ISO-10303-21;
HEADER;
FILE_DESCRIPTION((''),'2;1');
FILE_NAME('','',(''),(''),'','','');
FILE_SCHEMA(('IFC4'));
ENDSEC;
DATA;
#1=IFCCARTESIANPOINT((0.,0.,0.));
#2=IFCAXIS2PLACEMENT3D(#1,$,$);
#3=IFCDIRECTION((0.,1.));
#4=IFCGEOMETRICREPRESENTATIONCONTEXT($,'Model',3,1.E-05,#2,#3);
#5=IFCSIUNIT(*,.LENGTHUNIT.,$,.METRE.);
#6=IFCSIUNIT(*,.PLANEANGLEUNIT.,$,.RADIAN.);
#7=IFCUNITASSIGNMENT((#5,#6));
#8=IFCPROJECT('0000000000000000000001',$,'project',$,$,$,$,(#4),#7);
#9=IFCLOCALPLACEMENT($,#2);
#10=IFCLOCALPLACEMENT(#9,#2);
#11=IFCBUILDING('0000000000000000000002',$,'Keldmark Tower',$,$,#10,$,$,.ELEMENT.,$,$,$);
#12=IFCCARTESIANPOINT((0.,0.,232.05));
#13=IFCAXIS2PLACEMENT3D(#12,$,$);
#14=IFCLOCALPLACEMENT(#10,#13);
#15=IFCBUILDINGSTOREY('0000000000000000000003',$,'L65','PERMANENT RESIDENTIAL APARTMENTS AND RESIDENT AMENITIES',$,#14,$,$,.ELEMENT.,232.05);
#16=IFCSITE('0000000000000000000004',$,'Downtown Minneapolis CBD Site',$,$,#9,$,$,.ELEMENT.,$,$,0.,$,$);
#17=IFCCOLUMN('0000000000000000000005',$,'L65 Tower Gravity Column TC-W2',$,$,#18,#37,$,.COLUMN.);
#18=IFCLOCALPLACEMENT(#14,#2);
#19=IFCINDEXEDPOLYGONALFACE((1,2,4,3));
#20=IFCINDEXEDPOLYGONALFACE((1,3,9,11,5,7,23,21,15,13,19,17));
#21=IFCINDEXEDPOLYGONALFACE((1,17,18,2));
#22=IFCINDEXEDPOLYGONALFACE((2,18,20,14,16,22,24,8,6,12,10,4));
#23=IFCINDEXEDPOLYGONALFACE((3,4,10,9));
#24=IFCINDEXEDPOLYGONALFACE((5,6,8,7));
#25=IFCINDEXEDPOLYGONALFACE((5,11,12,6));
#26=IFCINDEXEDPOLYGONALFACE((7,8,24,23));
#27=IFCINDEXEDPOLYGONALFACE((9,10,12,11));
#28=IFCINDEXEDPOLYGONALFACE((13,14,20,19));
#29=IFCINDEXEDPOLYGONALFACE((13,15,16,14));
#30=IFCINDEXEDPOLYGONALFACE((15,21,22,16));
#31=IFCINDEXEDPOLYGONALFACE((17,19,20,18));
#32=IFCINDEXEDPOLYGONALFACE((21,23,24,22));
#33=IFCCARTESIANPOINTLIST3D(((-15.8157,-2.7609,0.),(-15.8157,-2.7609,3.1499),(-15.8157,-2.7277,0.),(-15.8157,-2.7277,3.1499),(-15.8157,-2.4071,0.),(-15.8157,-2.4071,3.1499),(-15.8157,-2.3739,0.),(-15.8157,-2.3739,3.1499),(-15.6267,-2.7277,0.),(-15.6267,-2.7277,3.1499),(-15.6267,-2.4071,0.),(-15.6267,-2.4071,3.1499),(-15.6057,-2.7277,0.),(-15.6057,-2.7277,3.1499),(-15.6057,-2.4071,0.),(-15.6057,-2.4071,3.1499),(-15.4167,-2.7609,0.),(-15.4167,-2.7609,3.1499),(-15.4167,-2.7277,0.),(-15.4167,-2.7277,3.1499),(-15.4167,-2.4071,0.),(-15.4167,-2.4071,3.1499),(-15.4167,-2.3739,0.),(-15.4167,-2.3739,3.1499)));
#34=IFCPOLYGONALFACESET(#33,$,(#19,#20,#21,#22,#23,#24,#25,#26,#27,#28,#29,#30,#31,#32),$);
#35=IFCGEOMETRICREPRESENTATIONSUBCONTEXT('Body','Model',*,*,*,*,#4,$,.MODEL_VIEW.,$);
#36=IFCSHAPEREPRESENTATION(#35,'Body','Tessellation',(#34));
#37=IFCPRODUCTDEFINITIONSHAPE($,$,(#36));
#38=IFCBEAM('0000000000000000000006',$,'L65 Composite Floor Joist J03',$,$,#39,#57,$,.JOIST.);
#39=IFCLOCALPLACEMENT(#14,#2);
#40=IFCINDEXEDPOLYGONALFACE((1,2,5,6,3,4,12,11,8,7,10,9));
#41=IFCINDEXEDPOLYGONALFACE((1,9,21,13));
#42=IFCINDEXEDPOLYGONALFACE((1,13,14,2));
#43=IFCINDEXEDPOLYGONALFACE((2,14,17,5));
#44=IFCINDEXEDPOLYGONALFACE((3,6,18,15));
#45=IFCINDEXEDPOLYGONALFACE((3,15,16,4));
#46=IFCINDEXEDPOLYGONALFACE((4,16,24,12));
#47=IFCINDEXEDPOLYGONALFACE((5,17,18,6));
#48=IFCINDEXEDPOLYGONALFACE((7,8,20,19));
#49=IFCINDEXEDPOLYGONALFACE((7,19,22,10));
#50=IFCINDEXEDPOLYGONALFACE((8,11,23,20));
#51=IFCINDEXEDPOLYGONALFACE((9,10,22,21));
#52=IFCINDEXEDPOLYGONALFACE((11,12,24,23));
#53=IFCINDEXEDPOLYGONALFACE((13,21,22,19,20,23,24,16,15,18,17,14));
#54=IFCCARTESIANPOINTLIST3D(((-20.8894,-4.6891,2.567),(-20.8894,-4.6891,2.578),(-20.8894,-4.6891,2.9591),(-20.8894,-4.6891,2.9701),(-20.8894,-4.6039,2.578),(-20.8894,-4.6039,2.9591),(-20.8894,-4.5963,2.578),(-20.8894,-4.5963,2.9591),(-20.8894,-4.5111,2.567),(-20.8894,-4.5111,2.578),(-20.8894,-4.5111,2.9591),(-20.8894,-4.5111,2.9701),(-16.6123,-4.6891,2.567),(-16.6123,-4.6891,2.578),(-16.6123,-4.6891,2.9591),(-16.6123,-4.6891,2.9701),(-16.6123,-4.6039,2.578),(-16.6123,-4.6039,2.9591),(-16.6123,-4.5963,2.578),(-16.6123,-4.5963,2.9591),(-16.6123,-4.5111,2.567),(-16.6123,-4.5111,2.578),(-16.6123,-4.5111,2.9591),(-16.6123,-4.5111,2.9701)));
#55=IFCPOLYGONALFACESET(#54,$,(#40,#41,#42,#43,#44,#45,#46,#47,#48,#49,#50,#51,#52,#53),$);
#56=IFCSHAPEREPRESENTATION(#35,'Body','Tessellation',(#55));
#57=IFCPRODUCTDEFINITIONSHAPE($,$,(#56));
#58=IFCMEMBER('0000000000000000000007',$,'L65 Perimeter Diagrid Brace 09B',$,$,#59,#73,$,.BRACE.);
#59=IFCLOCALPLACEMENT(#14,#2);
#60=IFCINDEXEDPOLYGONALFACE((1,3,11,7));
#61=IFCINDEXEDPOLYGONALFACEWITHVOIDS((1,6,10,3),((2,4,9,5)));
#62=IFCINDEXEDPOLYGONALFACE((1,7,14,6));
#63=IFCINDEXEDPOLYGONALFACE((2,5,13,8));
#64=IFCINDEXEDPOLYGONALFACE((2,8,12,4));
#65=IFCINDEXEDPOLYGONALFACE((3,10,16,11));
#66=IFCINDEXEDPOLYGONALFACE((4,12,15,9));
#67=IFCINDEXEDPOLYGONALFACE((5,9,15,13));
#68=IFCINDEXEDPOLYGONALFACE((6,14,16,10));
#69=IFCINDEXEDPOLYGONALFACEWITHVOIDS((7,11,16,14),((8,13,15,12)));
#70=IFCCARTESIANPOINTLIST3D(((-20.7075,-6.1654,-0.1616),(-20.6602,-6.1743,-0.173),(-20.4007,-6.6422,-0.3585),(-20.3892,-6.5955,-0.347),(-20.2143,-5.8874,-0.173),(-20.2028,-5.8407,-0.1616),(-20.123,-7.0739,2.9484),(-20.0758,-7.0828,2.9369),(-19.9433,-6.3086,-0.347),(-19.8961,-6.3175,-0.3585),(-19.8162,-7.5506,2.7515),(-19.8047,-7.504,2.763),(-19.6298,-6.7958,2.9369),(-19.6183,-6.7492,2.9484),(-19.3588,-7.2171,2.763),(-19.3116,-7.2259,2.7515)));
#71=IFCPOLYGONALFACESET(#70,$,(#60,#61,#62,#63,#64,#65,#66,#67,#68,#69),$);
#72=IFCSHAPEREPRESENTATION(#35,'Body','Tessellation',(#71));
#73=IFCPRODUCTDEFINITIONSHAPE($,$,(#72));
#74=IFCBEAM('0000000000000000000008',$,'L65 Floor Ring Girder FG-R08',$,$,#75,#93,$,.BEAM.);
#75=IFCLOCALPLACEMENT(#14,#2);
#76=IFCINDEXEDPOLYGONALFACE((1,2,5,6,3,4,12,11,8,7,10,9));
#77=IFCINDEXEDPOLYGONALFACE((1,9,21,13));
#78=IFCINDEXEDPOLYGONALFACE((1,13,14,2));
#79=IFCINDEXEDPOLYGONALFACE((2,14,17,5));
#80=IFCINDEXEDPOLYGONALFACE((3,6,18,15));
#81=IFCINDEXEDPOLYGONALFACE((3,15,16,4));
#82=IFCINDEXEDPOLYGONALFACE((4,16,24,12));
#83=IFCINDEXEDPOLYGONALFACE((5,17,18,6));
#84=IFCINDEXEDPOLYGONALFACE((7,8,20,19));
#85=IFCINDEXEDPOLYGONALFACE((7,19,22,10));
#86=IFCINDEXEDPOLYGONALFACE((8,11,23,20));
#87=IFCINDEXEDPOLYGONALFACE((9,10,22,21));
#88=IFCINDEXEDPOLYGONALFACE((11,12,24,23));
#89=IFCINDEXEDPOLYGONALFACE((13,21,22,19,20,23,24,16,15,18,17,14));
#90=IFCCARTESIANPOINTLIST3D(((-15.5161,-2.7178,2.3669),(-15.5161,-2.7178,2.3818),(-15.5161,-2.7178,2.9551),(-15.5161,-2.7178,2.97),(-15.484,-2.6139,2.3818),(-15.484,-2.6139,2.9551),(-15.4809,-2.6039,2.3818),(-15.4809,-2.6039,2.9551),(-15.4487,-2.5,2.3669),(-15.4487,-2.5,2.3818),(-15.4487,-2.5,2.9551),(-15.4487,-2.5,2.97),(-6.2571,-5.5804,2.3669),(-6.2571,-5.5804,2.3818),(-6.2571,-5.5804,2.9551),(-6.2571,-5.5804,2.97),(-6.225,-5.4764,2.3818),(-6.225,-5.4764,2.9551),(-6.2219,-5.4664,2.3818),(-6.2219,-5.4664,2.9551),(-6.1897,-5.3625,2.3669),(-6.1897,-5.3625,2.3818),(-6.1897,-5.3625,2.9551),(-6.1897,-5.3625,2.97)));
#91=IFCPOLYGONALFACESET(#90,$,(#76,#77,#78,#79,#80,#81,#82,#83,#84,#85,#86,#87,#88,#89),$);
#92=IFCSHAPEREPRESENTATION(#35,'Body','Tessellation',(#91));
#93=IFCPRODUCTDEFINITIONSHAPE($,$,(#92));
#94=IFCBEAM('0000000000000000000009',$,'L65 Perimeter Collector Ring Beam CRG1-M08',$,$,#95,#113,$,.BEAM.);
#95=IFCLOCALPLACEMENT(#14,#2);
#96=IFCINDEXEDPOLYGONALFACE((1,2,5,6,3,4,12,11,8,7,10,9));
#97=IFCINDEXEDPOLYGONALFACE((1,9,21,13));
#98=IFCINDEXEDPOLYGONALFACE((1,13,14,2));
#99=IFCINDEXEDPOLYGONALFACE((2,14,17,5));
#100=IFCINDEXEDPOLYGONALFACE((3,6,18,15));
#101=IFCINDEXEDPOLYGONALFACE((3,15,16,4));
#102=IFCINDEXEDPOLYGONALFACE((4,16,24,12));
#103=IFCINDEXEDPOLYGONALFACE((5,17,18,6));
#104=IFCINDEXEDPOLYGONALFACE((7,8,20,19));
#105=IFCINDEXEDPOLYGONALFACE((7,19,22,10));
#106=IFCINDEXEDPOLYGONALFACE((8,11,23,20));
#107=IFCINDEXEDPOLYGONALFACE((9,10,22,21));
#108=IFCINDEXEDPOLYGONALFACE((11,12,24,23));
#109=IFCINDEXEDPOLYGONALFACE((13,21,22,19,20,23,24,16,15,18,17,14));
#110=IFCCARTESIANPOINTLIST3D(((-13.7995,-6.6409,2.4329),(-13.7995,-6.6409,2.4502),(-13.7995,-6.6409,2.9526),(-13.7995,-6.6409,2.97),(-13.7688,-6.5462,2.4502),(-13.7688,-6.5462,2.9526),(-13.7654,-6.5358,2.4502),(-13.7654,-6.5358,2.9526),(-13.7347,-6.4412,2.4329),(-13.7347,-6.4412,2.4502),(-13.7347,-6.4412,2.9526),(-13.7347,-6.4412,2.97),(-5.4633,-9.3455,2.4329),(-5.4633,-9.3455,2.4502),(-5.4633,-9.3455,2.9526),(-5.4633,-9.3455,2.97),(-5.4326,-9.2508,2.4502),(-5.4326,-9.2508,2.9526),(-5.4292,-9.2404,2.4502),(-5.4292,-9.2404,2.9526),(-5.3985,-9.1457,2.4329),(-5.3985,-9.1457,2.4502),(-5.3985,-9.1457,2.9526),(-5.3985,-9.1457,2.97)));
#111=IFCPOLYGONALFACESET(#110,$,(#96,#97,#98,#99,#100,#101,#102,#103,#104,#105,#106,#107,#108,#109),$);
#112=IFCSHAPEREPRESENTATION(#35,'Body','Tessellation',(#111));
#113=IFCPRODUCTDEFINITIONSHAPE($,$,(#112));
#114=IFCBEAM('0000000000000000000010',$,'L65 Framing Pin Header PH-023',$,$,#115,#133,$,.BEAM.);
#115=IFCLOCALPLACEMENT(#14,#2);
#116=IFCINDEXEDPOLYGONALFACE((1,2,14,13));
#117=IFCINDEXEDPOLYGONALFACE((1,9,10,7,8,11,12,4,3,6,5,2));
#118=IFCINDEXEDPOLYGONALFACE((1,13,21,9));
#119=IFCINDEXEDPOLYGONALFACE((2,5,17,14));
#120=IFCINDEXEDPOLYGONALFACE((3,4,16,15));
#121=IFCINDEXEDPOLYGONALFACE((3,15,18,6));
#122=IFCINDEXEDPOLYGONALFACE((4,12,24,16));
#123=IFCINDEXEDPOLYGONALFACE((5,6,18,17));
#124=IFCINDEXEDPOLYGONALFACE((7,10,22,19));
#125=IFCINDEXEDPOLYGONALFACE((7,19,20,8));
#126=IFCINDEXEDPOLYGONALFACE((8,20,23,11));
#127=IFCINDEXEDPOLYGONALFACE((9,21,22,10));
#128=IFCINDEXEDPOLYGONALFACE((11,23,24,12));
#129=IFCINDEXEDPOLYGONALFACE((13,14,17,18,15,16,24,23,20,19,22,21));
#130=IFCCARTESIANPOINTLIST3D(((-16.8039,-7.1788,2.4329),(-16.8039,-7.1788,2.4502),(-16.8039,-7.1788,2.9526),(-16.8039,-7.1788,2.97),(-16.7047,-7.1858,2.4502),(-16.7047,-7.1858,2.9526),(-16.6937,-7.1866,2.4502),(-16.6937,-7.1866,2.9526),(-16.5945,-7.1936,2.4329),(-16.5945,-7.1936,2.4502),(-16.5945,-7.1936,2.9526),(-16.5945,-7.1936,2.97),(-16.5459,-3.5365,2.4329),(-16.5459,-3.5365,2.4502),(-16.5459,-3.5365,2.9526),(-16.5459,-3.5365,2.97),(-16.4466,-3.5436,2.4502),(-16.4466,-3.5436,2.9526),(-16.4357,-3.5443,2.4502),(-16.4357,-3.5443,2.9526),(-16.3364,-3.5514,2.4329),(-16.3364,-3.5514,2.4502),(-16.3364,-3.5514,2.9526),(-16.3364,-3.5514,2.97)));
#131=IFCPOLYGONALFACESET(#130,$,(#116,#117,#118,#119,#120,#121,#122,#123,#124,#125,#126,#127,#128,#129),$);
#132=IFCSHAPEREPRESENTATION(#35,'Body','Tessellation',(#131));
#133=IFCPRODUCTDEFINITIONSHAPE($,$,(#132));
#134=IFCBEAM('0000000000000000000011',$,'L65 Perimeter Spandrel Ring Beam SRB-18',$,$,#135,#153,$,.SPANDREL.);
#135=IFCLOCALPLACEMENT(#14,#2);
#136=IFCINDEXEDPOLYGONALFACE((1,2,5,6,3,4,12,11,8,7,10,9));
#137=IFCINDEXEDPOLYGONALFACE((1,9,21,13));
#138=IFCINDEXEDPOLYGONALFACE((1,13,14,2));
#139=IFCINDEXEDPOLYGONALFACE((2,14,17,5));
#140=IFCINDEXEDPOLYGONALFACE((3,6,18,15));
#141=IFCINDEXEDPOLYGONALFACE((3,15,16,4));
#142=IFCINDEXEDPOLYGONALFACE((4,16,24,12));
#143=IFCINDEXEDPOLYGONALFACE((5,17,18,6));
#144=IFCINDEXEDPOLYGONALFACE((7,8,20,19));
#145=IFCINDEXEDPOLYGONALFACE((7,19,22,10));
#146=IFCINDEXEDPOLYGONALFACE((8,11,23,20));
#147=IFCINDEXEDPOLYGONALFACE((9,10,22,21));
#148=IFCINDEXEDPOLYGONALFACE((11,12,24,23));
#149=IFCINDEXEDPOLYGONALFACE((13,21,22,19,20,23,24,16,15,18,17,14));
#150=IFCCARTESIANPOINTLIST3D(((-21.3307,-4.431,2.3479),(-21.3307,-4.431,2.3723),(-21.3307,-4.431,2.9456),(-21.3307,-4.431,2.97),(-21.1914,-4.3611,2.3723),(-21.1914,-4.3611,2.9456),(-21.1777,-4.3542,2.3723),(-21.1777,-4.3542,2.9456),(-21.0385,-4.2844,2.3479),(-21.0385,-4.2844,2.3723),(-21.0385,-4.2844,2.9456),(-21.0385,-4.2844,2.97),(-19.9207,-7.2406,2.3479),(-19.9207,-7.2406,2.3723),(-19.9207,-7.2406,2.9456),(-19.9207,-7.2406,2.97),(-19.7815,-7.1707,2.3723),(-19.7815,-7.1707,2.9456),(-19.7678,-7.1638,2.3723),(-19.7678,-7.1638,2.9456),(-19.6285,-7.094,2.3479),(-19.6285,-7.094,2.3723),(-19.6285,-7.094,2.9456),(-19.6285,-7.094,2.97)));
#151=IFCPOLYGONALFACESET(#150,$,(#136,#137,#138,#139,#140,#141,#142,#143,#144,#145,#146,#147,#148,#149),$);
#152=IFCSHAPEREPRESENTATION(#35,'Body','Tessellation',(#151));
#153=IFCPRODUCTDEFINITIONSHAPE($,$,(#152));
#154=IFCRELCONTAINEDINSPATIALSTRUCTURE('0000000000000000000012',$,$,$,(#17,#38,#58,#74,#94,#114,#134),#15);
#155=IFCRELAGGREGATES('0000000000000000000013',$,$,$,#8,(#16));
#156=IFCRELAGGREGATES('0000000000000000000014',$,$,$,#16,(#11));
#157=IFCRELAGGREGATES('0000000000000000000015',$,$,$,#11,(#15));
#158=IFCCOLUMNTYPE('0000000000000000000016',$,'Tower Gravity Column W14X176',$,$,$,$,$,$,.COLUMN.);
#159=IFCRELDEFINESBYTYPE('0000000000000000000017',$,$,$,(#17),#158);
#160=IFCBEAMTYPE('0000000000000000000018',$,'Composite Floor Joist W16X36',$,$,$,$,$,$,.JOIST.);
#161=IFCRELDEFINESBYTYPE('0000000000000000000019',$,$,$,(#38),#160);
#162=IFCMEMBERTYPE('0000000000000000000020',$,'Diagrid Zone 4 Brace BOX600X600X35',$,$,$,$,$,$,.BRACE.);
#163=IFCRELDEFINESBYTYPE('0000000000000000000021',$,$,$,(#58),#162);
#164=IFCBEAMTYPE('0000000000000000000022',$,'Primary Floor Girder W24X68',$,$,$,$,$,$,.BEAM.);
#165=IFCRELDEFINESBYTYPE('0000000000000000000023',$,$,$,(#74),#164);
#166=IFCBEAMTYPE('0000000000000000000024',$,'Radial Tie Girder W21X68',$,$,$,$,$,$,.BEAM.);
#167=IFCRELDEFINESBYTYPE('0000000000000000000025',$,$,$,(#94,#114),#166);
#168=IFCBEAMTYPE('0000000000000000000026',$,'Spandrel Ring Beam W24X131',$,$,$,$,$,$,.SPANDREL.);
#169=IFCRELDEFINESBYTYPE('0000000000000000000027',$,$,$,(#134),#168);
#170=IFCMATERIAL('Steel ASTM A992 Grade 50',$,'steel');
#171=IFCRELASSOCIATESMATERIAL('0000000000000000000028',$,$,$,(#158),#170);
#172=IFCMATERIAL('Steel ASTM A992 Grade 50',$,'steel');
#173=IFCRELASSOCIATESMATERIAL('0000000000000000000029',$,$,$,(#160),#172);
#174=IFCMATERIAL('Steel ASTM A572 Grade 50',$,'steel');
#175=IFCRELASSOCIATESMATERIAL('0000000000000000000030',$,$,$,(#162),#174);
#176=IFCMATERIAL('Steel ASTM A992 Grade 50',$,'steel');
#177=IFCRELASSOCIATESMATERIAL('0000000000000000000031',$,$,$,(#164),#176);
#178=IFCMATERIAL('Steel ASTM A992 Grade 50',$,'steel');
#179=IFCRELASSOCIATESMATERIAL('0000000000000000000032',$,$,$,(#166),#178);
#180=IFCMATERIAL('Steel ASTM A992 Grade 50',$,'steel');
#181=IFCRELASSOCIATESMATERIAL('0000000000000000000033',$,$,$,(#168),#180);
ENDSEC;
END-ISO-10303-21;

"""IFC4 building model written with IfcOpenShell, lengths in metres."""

from ifc_helpers import new_model, si_unit, direction, frame, origin, origin_2d, place, context, subcontext, project, spatial, hollow_rectangle, i_section, extrude, material, material_profile, profile_set, type_object, element, save


model = new_model("IFC4")

# Units and contexts
model_context = context("Model", 3, precision=1e-05, world=origin(), true_north=direction((0.0, 1.0)))
body_context = subcontext(model_context, "Body", "Model", "MODEL_VIEW")
ifc_project = project(units=[si_unit("LENGTHUNIT", "METRE"), si_unit("PLANEANGLEUNIT", "RADIAN")], contexts=[model_context])

# Site, building, storey
site_placement = place(None, origin())
site = spatial("IfcSite", under=ifc_project, at=site_placement, Name="Downtown Minneapolis CBD Site", CompositionType="ELEMENT", RefElevation=0.0)
building_placement = place(site_placement, origin())
building = spatial("IfcBuilding", under=site, at=building_placement, Name="Keldmark Tower", CompositionType="ELEMENT")
storey_placement = place(building_placement, frame((0.0, 0.0, 232.05)))
storey = spatial("IfcBuildingStorey", under=building, at=storey_placement, Name="L65", Description="PERMANENT RESIDENTIAL APARTMENTS AND RESIDENT AMENITIES", CompositionType="ELEMENT", Elevation=232.05)

# Column
ifc_material_1 = material(Name="Steel ASTM A992 Grade 50", Category="steel")
ifc_material_profile_1 = material_profile(ifc_material_1, i_section(OverallWidth=0.3989, OverallDepth=0.387, WebThickness=0.021, FlangeThickness=0.0332, at=origin_2d()), Name="W14X176")
ifc_profile_set_1 = profile_set([ifc_material_profile_1], Name="Steel ASTM A992 Grade 50")
column_type = type_object("IfcColumnType", Name="Tower Gravity Column W14X176", PredefinedType="COLUMN", material=ifc_profile_set_1)
column_placement = place(storey_placement, frame((-15.6162, -2.5674, 0.0), z_axis=(0.0, 0.0, 1.0), x_axis=(1.0, 0.0, 0.0)))
element("IfcColumn", 1, at=column_placement, inside=storey, type_object=column_type, Name="L65 Tower Gravity Column TC-W2", PredefinedType="COLUMN", context=body_context, shape_type="SweptSolid", body=[
    extrude(i_section(OverallWidth=0.3989, OverallDepth=0.387, WebThickness=0.021, FlangeThickness=0.0332, at=origin_2d()), origin(), (0.0, 0.0, 1.0), 3.1499),
])

# Beam
ifc_material_2 = material(Name="Steel ASTM A992 Grade 50", Category="steel")
ifc_material_profile_2 = material_profile(ifc_material_2, i_section(OverallWidth=0.178, OverallDepth=0.4031, WebThickness=0.0076, FlangeThickness=0.011, at=origin_2d()), Name="W16X36")
ifc_profile_set_2 = profile_set([ifc_material_profile_2], Name="Steel ASTM A992 Grade 50")
beam_type_1 = type_object("IfcBeamType", Name="Composite Floor Joist W16X36", PredefinedType="JOIST", material=ifc_profile_set_2)
beam_1_placement = place(storey_placement, frame((-20.8894, -4.6001, 2.7686), z_axis=(1.0, 0.0, 0.0), x_axis=(0.0, 1.0, 0.0)))
element("IfcBeam", 2, at=beam_1_placement, inside=storey, type_object=beam_type_1, Name="L65 Composite Floor Joist J03", PredefinedType="JOIST", context=body_context, shape_type="SweptSolid", body=[
    extrude(i_section(OverallWidth=0.178, OverallDepth=0.4031, WebThickness=0.0076, FlangeThickness=0.011, at=origin_2d()), origin(), (0.0, 0.0, 1.0), 4.2771),
])

# Member
ifc_material_3 = material(Name="Steel ASTM A572 Grade 50", Category="steel")
ifc_material_profile_3 = material_profile(ifc_material_3, hollow_rectangle(XDim=0.6001, YDim=0.6001, WallThickness=0.0349, at=origin_2d()), Name="BOX600X600X35")
ifc_profile_set_3 = profile_set([ifc_material_profile_3], Name="Steel ASTM A572 Grade 50")
member_type = type_object("IfcMemberType", Name="Diagrid Zone 4 Brace BOX600X600X35", PredefinedType="BRACE", material=ifc_profile_set_3)
member_placement = place(storey_placement, frame((-20.3018, -6.2415, -0.26), z_axis=(0.177536, -0.275945, 0.944635), x_axis=(0.84098, 0.541066, 0.0)))
element("IfcMember", 3, at=member_placement, inside=storey, type_object=member_type, Name="L65 Perimeter Diagrid Brace 09B", PredefinedType="BRACE", context=body_context, shape_type="SweptSolid", body=[
    extrude(hollow_rectangle(XDim=0.6001, YDim=0.6001, WallThickness=0.0349, at=origin_2d()), origin(), (0.0, 0.0, 1.0), 3.2922),
])

# Beams
ifc_material_4 = material(Name="Steel ASTM A992 Grade 50", Category="steel")
ifc_material_profile_4 = material_profile(ifc_material_4, i_section(OverallWidth=0.228, OverallDepth=0.603, WebThickness=0.0105, FlangeThickness=0.0149, at=origin_2d()), Name="W24X68")
ifc_profile_set_4 = profile_set([ifc_material_profile_4], Name="Steel ASTM A992 Grade 50")
beam_type_2 = type_object("IfcBeamType", Name="Primary Floor Girder W24X68", PredefinedType="BEAM", material=ifc_profile_set_4)
beam_2_placement = place(storey_placement, frame((-15.4824, -2.6089, 2.6685), z_axis=(0.955383, -0.295369, 0.0), x_axis=(0.295369, 0.955383, 0.0)))
element("IfcBeam", 4, at=beam_2_placement, inside=storey, type_object=beam_type_2, Name="L65 Floor Ring Girder FG-R08", PredefinedType="BEAM", context=body_context, shape_type="SweptSolid", body=[
    extrude(i_section(OverallWidth=0.228, OverallDepth=0.603, WebThickness=0.0105, FlangeThickness=0.0149, at=origin_2d()), origin(), (0.0, 0.0, 1.0), 9.6914),
])
ifc_material_5 = material(Name="Steel ASTM A992 Grade 50", Category="steel")
ifc_material_profile_5 = material_profile(ifc_material_5, i_section(OverallWidth=0.21, OverallDepth=0.5371, WebThickness=0.011, FlangeThickness=0.0173, at=origin_2d()), Name="W21X68")
ifc_profile_set_5 = profile_set([ifc_material_profile_5], Name="Steel ASTM A992 Grade 50")
beam_type_3 = type_object("IfcBeamType", Name="Radial Tie Girder W21X68", PredefinedType="BEAM", material=ifc_profile_set_5)
beam_3_placement = place(storey_placement, frame((-13.7671, -6.541, 2.7014), z_axis=(0.951191, -0.308604, 0.0), x_axis=(0.308604, 0.951191, 0.0)))
element("IfcBeam", 5, at=beam_3_placement, inside=storey, type_object=beam_type_3, Name="L65 Perimeter Collector Ring Beam CRG1-M08", PredefinedType="BEAM", context=body_context, shape_type="SweptSolid", body=[
    extrude(i_section(OverallWidth=0.21, OverallDepth=0.5371, WebThickness=0.011, FlangeThickness=0.0173, at=origin_2d()), origin(), (0.0, 0.0, 1.0), 8.7639),
])
beam_4_placement = place(storey_placement, frame((-16.4412, -3.5439, 2.7014), z_axis=(-0.070672, -0.9975, 0.0), x_axis=(0.9975, -0.070672, 0.0)))
element("IfcBeam", 6, at=beam_4_placement, inside=storey, type_object=beam_type_3, Name="L65 Framing Pin Header PH-023", PredefinedType="BEAM", context=body_context, shape_type="SweptSolid", body=[
    extrude(i_section(OverallWidth=0.21, OverallDepth=0.5371, WebThickness=0.011, FlangeThickness=0.0173, at=origin_2d()), origin(), (0.0, 0.0, 1.0), 3.6514),
])
ifc_material_6 = material(Name="Steel ASTM A992 Grade 50", Category="steel")
ifc_material_profile_6 = material_profile(ifc_material_6, i_section(OverallWidth=0.3269, OverallDepth=0.6221, WebThickness=0.0154, FlangeThickness=0.0244, at=origin_2d()), Name="W24X131")
ifc_profile_set_6 = profile_set([ifc_material_profile_6], Name="Steel ASTM A992 Grade 50")
beam_type_4 = type_object("IfcBeamType", Name="Spandrel Ring Beam W24X131", PredefinedType="SPANDREL", material=ifc_profile_set_6)
beam_5_placement = place(storey_placement, frame((-21.1846, -4.3577, 2.6589), z_axis=(0.448518, -0.893774, 0.0), x_axis=(0.893774, 0.448518, 0.0)))
element("IfcBeam", 7, at=beam_5_placement, inside=storey, type_object=beam_type_4, Name="L65 Perimeter Spandrel Ring Beam SRB-18", PredefinedType="SPANDREL", context=body_context, shape_type="SweptSolid", body=[
    extrude(i_section(OverallWidth=0.3269, OverallDepth=0.6221, WebThickness=0.0154, FlangeThickness=0.0244, at=origin_2d()), origin(), (0.0, 0.0, 1.0), 3.1436),
])

save(model, "model.ifc")
